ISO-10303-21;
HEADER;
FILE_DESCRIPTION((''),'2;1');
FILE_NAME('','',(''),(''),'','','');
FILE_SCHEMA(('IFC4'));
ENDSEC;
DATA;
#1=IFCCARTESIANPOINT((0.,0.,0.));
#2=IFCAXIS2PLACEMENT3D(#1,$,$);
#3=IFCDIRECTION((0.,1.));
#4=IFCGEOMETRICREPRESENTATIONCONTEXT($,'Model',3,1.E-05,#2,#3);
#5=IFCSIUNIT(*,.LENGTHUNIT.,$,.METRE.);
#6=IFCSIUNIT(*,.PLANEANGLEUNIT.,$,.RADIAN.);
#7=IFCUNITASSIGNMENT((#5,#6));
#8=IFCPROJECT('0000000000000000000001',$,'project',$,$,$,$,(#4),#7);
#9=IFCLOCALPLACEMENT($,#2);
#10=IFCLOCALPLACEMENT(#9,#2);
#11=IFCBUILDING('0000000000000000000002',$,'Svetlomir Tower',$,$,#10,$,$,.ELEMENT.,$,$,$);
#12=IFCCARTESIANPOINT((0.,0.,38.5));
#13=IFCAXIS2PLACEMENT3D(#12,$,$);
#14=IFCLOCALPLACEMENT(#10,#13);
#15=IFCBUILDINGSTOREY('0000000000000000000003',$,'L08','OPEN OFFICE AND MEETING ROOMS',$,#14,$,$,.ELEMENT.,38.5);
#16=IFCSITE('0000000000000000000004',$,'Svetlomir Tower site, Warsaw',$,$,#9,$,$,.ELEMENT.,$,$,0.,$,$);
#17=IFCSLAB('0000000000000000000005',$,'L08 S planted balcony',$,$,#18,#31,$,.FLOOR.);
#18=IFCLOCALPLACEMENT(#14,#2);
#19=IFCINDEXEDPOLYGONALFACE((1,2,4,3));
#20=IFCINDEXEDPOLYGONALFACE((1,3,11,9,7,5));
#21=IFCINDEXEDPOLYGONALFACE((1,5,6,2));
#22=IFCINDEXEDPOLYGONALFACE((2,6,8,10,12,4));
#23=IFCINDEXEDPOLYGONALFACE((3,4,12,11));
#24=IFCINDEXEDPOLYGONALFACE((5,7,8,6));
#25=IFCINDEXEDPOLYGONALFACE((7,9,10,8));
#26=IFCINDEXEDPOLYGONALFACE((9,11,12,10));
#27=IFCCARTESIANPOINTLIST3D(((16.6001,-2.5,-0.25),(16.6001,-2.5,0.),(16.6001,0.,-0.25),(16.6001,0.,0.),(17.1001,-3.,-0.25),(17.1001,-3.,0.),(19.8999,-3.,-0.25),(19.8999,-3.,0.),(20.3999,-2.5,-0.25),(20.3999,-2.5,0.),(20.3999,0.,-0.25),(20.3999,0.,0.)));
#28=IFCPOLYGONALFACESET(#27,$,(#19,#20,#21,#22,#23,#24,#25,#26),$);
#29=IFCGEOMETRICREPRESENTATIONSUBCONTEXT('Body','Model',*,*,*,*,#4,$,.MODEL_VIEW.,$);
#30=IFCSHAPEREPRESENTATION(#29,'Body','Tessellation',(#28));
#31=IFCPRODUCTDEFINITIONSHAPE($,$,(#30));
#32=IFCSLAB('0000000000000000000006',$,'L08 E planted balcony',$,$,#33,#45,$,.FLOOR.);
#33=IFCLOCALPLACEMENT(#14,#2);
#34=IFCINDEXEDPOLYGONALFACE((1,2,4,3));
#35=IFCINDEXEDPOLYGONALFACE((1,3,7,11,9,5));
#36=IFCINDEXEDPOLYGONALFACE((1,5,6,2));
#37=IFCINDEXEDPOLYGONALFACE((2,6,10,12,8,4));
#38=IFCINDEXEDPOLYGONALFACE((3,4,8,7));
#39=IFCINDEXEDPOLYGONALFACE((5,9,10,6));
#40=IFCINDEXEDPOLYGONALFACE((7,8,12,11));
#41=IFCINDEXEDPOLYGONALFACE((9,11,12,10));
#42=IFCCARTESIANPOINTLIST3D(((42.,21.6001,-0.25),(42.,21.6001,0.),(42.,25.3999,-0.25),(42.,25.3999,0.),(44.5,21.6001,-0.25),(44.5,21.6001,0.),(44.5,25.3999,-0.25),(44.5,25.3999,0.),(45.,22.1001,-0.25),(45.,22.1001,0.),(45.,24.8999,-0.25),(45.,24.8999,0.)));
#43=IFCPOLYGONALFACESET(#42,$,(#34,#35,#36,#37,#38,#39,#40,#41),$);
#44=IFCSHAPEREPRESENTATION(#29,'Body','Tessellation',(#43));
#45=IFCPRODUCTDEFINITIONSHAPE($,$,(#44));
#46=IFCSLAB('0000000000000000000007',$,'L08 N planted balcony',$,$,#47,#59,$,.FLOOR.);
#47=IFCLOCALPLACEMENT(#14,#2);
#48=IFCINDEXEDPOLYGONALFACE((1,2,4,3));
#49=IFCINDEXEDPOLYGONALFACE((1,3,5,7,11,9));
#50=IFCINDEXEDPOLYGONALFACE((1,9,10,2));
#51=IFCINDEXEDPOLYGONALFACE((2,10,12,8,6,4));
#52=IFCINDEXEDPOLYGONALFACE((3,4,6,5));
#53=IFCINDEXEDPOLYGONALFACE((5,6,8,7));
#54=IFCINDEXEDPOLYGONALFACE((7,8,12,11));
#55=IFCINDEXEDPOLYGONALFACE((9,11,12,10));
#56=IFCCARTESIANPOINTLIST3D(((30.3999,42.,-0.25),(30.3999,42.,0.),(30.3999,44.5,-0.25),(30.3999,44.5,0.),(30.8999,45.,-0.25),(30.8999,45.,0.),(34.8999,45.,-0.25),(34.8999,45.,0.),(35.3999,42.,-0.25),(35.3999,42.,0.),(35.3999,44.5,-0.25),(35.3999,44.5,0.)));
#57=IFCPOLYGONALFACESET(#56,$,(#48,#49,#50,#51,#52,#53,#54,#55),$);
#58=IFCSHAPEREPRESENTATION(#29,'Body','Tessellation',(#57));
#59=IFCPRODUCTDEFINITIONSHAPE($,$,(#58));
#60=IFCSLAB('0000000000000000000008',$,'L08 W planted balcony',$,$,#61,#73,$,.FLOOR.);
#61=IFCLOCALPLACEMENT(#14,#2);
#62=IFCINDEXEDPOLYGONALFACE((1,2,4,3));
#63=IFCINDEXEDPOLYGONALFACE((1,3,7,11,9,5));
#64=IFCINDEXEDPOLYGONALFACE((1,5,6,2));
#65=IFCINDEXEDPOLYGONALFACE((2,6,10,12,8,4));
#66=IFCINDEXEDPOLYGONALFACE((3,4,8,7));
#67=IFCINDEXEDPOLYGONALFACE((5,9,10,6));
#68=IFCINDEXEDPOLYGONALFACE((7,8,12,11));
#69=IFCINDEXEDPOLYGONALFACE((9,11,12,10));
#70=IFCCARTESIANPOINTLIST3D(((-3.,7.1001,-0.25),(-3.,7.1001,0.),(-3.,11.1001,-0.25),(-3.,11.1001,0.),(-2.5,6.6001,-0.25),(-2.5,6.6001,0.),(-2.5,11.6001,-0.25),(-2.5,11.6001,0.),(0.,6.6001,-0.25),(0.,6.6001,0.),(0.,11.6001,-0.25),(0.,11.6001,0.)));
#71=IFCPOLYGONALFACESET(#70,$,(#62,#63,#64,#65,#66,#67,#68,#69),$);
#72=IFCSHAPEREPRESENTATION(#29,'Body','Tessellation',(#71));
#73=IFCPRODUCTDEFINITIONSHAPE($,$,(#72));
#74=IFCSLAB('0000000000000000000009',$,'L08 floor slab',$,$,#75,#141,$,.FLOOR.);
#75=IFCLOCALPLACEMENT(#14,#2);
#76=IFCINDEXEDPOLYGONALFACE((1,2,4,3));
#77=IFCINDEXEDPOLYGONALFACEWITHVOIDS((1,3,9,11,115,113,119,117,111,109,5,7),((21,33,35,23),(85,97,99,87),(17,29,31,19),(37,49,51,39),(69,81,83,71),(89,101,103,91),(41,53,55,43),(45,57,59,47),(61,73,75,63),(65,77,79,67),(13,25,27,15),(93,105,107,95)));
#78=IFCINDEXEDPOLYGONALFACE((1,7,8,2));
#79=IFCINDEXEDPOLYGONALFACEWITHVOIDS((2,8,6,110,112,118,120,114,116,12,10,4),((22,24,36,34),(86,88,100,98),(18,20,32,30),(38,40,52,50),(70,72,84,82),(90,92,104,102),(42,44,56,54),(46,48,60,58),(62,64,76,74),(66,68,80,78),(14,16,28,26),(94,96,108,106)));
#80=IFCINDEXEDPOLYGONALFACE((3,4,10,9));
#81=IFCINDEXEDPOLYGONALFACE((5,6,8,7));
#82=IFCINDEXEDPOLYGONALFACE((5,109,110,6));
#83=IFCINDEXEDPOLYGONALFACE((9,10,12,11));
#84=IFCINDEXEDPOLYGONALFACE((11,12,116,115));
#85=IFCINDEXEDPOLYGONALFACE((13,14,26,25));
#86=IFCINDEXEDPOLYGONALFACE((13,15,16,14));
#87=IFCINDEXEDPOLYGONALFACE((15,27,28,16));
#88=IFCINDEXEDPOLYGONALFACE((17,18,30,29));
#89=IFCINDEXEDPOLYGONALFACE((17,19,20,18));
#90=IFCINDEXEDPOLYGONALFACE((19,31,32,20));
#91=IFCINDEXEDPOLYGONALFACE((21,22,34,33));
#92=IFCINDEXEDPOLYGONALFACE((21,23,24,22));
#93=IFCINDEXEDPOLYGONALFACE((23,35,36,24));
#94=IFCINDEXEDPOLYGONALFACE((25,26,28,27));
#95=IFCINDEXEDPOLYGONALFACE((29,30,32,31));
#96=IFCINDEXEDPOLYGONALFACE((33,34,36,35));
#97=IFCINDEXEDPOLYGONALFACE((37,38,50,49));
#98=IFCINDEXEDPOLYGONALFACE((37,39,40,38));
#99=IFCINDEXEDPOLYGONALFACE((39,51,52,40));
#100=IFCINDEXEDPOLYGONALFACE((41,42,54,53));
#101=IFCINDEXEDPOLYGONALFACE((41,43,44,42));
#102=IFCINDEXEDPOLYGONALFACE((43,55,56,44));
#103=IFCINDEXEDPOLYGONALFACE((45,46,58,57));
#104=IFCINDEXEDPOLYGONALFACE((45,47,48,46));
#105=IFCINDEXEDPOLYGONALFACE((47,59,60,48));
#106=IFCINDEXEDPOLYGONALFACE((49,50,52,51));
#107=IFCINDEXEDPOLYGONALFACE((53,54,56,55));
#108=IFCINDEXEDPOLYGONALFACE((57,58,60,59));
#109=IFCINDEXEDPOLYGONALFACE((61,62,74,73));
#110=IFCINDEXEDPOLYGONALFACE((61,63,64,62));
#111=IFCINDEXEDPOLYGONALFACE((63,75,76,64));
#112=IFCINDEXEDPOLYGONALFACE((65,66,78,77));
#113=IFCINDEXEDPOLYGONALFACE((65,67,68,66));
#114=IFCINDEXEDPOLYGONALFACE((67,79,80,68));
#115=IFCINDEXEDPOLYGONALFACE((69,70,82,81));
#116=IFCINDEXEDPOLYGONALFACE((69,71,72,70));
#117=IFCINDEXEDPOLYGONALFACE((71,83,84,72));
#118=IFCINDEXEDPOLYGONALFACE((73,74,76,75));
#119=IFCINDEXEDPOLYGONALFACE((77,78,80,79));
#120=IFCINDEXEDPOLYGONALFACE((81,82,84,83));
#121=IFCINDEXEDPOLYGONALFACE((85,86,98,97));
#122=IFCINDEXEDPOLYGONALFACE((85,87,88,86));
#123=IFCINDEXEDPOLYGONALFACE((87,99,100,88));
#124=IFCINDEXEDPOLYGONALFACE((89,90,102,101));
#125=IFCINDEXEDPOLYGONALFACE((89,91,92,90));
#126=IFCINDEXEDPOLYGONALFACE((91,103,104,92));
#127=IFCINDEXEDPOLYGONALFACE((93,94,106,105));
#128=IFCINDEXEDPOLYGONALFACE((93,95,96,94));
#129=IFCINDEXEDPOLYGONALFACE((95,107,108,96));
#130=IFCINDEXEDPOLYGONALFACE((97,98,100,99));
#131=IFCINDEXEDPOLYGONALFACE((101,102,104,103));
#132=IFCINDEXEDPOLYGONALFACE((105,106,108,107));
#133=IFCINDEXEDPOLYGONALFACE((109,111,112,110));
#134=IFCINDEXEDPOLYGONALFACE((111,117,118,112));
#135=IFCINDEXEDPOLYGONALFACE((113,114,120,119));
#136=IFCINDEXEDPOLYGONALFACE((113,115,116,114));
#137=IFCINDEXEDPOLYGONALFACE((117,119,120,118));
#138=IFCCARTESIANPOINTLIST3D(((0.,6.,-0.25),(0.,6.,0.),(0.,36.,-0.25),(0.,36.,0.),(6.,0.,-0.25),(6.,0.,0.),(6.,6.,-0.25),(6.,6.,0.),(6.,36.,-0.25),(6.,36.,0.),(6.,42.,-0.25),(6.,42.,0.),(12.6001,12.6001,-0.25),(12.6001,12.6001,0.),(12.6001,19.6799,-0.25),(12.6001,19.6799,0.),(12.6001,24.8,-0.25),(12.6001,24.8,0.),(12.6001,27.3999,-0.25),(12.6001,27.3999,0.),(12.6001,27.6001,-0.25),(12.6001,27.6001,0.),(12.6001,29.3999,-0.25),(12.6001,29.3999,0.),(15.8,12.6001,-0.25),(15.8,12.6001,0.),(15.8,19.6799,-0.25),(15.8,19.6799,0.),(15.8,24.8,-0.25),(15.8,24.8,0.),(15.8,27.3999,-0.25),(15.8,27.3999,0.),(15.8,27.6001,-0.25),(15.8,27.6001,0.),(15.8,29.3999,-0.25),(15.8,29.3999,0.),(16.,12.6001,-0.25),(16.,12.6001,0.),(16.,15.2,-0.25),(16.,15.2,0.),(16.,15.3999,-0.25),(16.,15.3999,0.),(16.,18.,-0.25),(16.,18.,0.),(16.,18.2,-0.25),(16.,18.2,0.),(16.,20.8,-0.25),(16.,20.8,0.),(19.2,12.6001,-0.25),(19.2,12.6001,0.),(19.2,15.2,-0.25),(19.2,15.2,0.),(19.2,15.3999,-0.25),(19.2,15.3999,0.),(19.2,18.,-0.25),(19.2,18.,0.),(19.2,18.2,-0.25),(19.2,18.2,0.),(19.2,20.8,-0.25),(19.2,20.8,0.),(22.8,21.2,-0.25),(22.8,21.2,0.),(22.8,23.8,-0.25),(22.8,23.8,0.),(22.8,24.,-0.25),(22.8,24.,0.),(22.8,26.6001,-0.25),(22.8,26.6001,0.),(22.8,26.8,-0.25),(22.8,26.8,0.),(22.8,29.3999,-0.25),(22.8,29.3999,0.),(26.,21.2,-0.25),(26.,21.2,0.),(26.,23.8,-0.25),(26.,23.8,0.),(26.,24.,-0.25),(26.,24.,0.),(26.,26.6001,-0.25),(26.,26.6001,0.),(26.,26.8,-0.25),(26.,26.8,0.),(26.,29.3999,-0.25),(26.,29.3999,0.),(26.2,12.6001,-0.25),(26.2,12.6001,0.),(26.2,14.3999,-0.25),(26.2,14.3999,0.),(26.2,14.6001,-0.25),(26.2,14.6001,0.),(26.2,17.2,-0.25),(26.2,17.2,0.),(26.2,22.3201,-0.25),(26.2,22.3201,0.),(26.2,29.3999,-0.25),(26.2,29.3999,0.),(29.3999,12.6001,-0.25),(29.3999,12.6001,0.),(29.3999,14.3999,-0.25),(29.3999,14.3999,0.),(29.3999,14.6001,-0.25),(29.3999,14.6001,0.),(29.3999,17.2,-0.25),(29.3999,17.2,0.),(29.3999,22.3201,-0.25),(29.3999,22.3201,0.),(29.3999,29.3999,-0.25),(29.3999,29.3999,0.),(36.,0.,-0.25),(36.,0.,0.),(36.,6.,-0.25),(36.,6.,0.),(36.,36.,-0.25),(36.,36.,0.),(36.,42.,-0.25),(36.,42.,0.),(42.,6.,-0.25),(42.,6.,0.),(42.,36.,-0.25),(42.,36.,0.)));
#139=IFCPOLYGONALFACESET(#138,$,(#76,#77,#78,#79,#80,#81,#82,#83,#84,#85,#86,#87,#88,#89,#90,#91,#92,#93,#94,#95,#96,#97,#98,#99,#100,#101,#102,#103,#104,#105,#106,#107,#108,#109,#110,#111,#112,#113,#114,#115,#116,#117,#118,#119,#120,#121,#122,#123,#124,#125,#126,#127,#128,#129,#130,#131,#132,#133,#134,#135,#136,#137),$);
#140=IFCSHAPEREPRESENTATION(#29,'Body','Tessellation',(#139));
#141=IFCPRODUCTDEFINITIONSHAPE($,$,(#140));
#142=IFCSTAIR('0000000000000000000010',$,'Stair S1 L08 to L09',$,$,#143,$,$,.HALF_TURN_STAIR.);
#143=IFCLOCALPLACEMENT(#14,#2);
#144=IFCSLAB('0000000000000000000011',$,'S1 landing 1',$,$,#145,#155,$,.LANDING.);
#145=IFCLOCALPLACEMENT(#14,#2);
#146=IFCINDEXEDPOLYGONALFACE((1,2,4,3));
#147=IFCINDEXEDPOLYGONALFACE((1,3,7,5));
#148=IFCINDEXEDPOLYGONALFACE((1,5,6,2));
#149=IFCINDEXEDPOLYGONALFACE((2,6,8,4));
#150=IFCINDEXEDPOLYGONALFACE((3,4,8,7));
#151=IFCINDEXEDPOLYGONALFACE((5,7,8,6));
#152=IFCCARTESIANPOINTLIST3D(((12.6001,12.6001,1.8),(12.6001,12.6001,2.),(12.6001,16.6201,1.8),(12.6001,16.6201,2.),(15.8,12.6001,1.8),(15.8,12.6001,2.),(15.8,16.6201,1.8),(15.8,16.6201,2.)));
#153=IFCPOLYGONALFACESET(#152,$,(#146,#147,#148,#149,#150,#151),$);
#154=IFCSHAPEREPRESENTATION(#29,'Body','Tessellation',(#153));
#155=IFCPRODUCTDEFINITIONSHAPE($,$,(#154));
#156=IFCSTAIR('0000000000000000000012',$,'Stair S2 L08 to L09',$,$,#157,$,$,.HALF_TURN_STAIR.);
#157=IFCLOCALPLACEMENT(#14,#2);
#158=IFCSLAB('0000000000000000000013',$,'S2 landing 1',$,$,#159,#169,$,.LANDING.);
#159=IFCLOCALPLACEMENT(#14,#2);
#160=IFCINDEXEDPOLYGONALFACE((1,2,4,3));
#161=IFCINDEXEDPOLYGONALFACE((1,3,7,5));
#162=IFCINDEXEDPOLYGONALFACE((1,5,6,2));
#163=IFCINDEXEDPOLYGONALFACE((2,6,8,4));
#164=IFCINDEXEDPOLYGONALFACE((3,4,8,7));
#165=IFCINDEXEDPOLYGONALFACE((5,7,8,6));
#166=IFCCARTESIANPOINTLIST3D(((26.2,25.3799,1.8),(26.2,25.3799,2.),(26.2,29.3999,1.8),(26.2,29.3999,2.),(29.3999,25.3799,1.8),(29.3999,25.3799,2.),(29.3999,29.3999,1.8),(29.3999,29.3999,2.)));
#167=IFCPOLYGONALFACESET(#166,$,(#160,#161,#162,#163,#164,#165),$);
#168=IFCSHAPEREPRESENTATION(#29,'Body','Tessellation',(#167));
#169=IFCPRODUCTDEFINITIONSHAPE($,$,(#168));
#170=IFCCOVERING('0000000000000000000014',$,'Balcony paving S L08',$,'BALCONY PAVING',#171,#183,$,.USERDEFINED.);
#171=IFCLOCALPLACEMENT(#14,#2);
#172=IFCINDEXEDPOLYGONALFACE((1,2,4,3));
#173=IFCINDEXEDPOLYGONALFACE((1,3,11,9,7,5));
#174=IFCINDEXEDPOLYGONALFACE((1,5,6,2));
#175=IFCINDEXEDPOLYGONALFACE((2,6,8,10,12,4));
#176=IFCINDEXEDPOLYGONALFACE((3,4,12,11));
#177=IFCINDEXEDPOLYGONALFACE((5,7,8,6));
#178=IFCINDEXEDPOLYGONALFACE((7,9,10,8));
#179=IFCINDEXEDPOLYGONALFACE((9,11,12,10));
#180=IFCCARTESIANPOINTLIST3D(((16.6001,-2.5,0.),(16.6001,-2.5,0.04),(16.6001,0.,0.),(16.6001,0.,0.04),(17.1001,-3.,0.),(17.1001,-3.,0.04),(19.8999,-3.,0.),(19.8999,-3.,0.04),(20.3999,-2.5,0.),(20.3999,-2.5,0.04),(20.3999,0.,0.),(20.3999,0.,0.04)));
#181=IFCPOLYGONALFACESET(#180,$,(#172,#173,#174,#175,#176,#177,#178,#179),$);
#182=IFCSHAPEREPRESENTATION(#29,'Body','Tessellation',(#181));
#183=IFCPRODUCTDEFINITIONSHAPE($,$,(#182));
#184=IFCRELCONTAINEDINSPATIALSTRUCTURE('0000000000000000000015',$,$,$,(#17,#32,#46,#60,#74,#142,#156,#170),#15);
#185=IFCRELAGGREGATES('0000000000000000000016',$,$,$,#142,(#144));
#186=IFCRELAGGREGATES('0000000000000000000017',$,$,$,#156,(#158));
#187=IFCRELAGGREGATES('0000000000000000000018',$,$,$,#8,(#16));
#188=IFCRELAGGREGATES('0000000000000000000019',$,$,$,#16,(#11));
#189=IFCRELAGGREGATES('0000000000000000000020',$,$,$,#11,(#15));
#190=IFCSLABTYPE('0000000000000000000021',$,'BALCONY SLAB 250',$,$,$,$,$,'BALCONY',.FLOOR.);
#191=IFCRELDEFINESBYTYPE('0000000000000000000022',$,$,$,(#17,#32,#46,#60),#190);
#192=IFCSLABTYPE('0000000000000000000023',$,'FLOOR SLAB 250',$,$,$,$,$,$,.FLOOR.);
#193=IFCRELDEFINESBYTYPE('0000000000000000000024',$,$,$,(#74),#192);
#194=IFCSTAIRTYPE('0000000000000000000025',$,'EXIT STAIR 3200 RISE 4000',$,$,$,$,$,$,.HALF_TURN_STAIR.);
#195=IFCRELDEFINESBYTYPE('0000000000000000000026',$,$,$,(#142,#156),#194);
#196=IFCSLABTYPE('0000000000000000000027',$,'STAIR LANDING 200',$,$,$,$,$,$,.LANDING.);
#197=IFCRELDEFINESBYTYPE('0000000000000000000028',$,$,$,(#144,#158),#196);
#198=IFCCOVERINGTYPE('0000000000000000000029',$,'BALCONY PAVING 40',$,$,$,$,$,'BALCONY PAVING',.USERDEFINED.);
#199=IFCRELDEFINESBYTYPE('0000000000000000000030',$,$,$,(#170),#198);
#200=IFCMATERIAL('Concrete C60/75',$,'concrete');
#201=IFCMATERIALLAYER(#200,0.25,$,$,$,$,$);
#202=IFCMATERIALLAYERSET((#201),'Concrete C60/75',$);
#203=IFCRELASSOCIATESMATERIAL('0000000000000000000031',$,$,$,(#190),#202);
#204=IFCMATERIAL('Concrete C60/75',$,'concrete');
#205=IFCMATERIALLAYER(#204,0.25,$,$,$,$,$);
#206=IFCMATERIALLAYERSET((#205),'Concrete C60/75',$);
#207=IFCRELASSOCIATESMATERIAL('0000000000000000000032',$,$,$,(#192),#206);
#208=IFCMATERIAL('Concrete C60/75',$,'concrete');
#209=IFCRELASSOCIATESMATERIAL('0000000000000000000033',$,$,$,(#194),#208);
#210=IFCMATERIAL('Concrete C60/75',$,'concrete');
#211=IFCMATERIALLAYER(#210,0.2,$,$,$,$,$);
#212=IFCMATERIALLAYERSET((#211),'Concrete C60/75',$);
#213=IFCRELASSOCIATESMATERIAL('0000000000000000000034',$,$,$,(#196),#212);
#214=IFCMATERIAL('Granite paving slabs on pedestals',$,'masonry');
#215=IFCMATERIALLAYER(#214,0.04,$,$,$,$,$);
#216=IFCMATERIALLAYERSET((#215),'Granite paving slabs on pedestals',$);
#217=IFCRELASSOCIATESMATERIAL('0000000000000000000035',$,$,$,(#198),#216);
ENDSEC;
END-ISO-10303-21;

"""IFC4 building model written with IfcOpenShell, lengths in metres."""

from ifc_helpers import new_model, si_unit, direction, frame, origin, place, context, subcontext, project, spatial, polyline, outline, extrude, material, layer, layer_set, type_object, element, aggregate, save


model = new_model("IFC4")

# Units and contexts
model_context = context("Model", 3, precision=1e-05, world=origin(), true_north=direction((0.0, 1.0)))
body_context = subcontext(model_context, "Body", "Model", "MODEL_VIEW")
ifc_project = project(units=[si_unit("LENGTHUNIT", "METRE"), si_unit("PLANEANGLEUNIT", "RADIAN")], contexts=[model_context])

# Site, building, storey
site_placement = place(None, origin())
site = spatial("IfcSite", under=ifc_project, at=site_placement, Name="Svetlomir Tower site, Warsaw", CompositionType="ELEMENT", RefElevation=0.0)
building_placement = place(site_placement, origin())
building = spatial("IfcBuilding", under=site, at=building_placement, Name="Svetlomir Tower", CompositionType="ELEMENT")
storey_placement = place(building_placement, frame((0.0, 0.0, 38.5)))
storey = spatial("IfcBuildingStorey", under=building, at=storey_placement, Name="L08", Description="OPEN OFFICE AND MEETING ROOMS", CompositionType="ELEMENT", Elevation=38.5)

# Slabs
ifc_material_1 = material(Name="Concrete C60/75", Category="concrete")
ifc_layer_1 = layer(ifc_material_1, 0.25)
ifc_layer_set_1 = layer_set([ifc_layer_1], Name="Concrete C60/75")
slab_type_1 = type_object("IfcSlabType", Name="BALCONY SLAB 250", ElementType="BALCONY", PredefinedType="FLOOR", material=ifc_layer_set_1)
slab_1_placement = place(storey_placement, frame((0.0, 0.0, -0.25)))
element("IfcSlab", 1, at=slab_1_placement, inside=storey, type_object=slab_type_1, Name="L08 S planted balcony", PredefinedType="FLOOR", context=body_context, shape_type="SweptSolid", body=[
    extrude(outline(polyline([(16.6001, -2.5), (17.1001, -3.0), (19.8999, -3.0), (20.3999, -2.5), (20.3999, 0.0), (16.6001, 0.0), (16.6001, -2.5)])), origin(), (0.0, 0.0, 1.0), 0.25),
])
slab_2_placement = place(storey_placement, frame((0.0, 0.0, -0.25)))
element("IfcSlab", 2, at=slab_2_placement, inside=storey, type_object=slab_type_1, Name="L08 E planted balcony", PredefinedType="FLOOR", context=body_context, shape_type="SweptSolid", body=[
    extrude(outline(polyline([(42.0, 21.6001), (44.5, 21.6001), (45.0, 22.1001), (45.0, 24.8999), (44.5, 25.3999), (42.0, 25.3999), (42.0, 21.6001)])), origin(), (0.0, 0.0, 1.0), 0.25),
])
slab_3_placement = place(storey_placement, frame((0.0, 0.0, -0.25)))
element("IfcSlab", 3, at=slab_3_placement, inside=storey, type_object=slab_type_1, Name="L08 N planted balcony", PredefinedType="FLOOR", context=body_context, shape_type="SweptSolid", body=[
    extrude(outline(polyline([(30.3999, 42.0), (35.3999, 42.0), (35.3999, 44.5), (34.8999, 45.0), (30.8999, 45.0), (30.3999, 44.5), (30.3999, 42.0)])), origin(), (0.0, 0.0, 1.0), 0.25),
])
slab_4_placement = place(storey_placement, frame((0.0, 0.0, -0.25)))
element("IfcSlab", 4, at=slab_4_placement, inside=storey, type_object=slab_type_1, Name="L08 W planted balcony", PredefinedType="FLOOR", context=body_context, shape_type="SweptSolid", body=[
    extrude(outline(polyline([(-2.5, 6.6001), (0.0, 6.6001), (0.0, 11.6001), (-2.5, 11.6001), (-3.0, 11.1001), (-3.0, 7.1001), (-2.5, 6.6001)])), origin(), (0.0, 0.0, 1.0), 0.25),
])
ifc_material_2 = material(Name="Concrete C60/75", Category="concrete")
ifc_layer_2 = layer(ifc_material_2, 0.25)
ifc_layer_set_2 = layer_set([ifc_layer_2], Name="Concrete C60/75")
slab_type_2 = type_object("IfcSlabType", Name="FLOOR SLAB 250", PredefinedType="FLOOR", material=ifc_layer_set_2)
slab_5_placement = place(storey_placement, frame((0.0, 0.0, -0.25)))
element("IfcSlab", 5, at=slab_5_placement, inside=storey, type_object=slab_type_2, Name="L08 floor slab", PredefinedType="FLOOR", context=body_context, shape_type="SweptSolid", body=[
    extrude(outline(polyline([(6.0, 0.0), (36.0, 0.0), (36.0, 6.0), (42.0, 6.0), (42.0, 36.0), (36.0, 36.0), (36.0, 42.0), (6.0, 42.0), (6.0, 36.0), (0.0, 36.0), (0.0, 6.0), (6.0, 6.0), (6.0, 0.0)]), holes=[polyline([(12.6001, 24.8), (15.8, 24.8), (15.8, 27.3999), (12.6001, 27.3999), (12.6001, 24.8)]), polyline([(26.2, 14.6001), (29.3999, 14.6001), (29.3999, 17.2), (26.2, 17.2), (26.2, 14.6001)]), polyline([(16.0, 12.6001), (19.2, 12.6001), (19.2, 15.2), (16.0, 15.2), (16.0, 12.6001)]), polyline([(16.0, 15.3999), (19.2, 15.3999), (19.2, 18.0), (16.0, 18.0), (16.0, 15.3999)]), polyline([(16.0, 18.2), (19.2, 18.2), (19.2, 20.8), (16.0, 20.8), (16.0, 18.2)]), polyline([(22.8, 21.2), (26.0, 21.2), (26.0, 23.8), (22.8, 23.8), (22.8, 21.2)]), polyline([(22.8, 24.0), (26.0, 24.0), (26.0, 26.6001), (22.8, 26.6001), (22.8, 24.0)]), polyline([(22.8, 26.8), (26.0, 26.8), (26.0, 29.3999), (22.8, 29.3999), (22.8, 26.8)]), polyline([(12.6001, 27.6001), (15.8, 27.6001), (15.8, 29.3999), (12.6001, 29.3999), (12.6001, 27.6001)]), polyline([(26.2, 12.6001), (29.3999, 12.6001), (29.3999, 14.3999), (26.2, 14.3999), (26.2, 12.6001)]), polyline([(12.6001, 12.6001), (15.8, 12.6001), (15.8, 19.6799), (12.6001, 19.6799), (12.6001, 12.6001)]), polyline([(26.2, 22.3201), (29.3999, 22.3201), (29.3999, 29.3999), (26.2, 29.3999), (26.2, 22.3201)])]), origin(), (0.0, 0.0, 1.0), 0.25),
])

# Stairs, slabs
ifc_material_3 = material(Name="Concrete C60/75", Category="concrete")
stair_type = type_object("IfcStairType", Name="EXIT STAIR 3200 RISE 4000", PredefinedType="HALF_TURN_STAIR", material=ifc_material_3)
stair_1_placement = place(storey_placement, origin())
stair_1 = element("IfcStair", 6, at=stair_1_placement, inside=storey, type_object=stair_type, Name="Stair S1 L08 to L09", PredefinedType="HALF_TURN_STAIR")
ifc_material_4 = material(Name="Concrete C60/75", Category="concrete")
ifc_layer_3 = layer(ifc_material_4, 0.2)
ifc_layer_set_3 = layer_set([ifc_layer_3], Name="Concrete C60/75")
slab_type_3 = type_object("IfcSlabType", Name="STAIR LANDING 200", PredefinedType="LANDING", material=ifc_layer_set_3)
slab_6_placement = place(storey_placement, frame((0.0, 0.0, 1.8)))
slab_6 = element("IfcSlab", 7, at=slab_6_placement, type_object=slab_type_3, Name="S1 landing 1", PredefinedType="LANDING", context=body_context, shape_type="SweptSolid", body=[
    extrude(outline(polyline([(12.6001, 12.6001), (15.8, 12.6001), (15.8, 16.6201), (12.6001, 16.6201), (12.6001, 12.6001)])), origin(), (0.0, 0.0, 1.0), 0.2),
])
aggregate(stair_1, [slab_6])
stair_2_placement = place(storey_placement, origin())
stair_2 = element("IfcStair", 8, at=stair_2_placement, inside=storey, type_object=stair_type, Name="Stair S2 L08 to L09", PredefinedType="HALF_TURN_STAIR")
slab_7_placement = place(storey_placement, frame((0.0, 0.0, 1.8)))
slab_7 = element("IfcSlab", 9, at=slab_7_placement, type_object=slab_type_3, Name="S2 landing 1", PredefinedType="LANDING", context=body_context, shape_type="SweptSolid", body=[
    extrude(outline(polyline([(26.2, 25.3799), (29.3999, 25.3799), (29.3999, 29.3999), (26.2, 29.3999), (26.2, 25.3799)])), origin(), (0.0, 0.0, 1.0), 0.2),
])
aggregate(stair_2, [slab_7])

# Covering
ifc_material_5 = material(Name="Granite paving slabs on pedestals", Category="masonry")
ifc_layer_4 = layer(ifc_material_5, 0.04)
ifc_layer_set_4 = layer_set([ifc_layer_4], Name="Granite paving slabs on pedestals")
covering_type_1 = type_object("IfcCoveringType", Name="BALCONY PAVING 40", ElementType="BALCONY PAVING", PredefinedType="USERDEFINED", material=ifc_layer_set_4)
covering_1_placement = place(storey_placement, origin())
element("IfcCovering", 10, at=covering_1_placement, inside=storey, type_object=covering_type_1, Name="Balcony paving S L08", ObjectType="BALCONY PAVING", PredefinedType="USERDEFINED", context=body_context, shape_type="SweptSolid", body=[
    extrude(outline(polyline([(16.6001, -2.5), (17.1001, -3.0), (19.8999, -3.0), (20.3999, -2.5), (20.3999, 0.0), (16.6001, 0.0), (16.6001, -2.5)])), origin(), (0.0, 0.0, 1.0), 0.04),
])

save(model, "model.ifc")
